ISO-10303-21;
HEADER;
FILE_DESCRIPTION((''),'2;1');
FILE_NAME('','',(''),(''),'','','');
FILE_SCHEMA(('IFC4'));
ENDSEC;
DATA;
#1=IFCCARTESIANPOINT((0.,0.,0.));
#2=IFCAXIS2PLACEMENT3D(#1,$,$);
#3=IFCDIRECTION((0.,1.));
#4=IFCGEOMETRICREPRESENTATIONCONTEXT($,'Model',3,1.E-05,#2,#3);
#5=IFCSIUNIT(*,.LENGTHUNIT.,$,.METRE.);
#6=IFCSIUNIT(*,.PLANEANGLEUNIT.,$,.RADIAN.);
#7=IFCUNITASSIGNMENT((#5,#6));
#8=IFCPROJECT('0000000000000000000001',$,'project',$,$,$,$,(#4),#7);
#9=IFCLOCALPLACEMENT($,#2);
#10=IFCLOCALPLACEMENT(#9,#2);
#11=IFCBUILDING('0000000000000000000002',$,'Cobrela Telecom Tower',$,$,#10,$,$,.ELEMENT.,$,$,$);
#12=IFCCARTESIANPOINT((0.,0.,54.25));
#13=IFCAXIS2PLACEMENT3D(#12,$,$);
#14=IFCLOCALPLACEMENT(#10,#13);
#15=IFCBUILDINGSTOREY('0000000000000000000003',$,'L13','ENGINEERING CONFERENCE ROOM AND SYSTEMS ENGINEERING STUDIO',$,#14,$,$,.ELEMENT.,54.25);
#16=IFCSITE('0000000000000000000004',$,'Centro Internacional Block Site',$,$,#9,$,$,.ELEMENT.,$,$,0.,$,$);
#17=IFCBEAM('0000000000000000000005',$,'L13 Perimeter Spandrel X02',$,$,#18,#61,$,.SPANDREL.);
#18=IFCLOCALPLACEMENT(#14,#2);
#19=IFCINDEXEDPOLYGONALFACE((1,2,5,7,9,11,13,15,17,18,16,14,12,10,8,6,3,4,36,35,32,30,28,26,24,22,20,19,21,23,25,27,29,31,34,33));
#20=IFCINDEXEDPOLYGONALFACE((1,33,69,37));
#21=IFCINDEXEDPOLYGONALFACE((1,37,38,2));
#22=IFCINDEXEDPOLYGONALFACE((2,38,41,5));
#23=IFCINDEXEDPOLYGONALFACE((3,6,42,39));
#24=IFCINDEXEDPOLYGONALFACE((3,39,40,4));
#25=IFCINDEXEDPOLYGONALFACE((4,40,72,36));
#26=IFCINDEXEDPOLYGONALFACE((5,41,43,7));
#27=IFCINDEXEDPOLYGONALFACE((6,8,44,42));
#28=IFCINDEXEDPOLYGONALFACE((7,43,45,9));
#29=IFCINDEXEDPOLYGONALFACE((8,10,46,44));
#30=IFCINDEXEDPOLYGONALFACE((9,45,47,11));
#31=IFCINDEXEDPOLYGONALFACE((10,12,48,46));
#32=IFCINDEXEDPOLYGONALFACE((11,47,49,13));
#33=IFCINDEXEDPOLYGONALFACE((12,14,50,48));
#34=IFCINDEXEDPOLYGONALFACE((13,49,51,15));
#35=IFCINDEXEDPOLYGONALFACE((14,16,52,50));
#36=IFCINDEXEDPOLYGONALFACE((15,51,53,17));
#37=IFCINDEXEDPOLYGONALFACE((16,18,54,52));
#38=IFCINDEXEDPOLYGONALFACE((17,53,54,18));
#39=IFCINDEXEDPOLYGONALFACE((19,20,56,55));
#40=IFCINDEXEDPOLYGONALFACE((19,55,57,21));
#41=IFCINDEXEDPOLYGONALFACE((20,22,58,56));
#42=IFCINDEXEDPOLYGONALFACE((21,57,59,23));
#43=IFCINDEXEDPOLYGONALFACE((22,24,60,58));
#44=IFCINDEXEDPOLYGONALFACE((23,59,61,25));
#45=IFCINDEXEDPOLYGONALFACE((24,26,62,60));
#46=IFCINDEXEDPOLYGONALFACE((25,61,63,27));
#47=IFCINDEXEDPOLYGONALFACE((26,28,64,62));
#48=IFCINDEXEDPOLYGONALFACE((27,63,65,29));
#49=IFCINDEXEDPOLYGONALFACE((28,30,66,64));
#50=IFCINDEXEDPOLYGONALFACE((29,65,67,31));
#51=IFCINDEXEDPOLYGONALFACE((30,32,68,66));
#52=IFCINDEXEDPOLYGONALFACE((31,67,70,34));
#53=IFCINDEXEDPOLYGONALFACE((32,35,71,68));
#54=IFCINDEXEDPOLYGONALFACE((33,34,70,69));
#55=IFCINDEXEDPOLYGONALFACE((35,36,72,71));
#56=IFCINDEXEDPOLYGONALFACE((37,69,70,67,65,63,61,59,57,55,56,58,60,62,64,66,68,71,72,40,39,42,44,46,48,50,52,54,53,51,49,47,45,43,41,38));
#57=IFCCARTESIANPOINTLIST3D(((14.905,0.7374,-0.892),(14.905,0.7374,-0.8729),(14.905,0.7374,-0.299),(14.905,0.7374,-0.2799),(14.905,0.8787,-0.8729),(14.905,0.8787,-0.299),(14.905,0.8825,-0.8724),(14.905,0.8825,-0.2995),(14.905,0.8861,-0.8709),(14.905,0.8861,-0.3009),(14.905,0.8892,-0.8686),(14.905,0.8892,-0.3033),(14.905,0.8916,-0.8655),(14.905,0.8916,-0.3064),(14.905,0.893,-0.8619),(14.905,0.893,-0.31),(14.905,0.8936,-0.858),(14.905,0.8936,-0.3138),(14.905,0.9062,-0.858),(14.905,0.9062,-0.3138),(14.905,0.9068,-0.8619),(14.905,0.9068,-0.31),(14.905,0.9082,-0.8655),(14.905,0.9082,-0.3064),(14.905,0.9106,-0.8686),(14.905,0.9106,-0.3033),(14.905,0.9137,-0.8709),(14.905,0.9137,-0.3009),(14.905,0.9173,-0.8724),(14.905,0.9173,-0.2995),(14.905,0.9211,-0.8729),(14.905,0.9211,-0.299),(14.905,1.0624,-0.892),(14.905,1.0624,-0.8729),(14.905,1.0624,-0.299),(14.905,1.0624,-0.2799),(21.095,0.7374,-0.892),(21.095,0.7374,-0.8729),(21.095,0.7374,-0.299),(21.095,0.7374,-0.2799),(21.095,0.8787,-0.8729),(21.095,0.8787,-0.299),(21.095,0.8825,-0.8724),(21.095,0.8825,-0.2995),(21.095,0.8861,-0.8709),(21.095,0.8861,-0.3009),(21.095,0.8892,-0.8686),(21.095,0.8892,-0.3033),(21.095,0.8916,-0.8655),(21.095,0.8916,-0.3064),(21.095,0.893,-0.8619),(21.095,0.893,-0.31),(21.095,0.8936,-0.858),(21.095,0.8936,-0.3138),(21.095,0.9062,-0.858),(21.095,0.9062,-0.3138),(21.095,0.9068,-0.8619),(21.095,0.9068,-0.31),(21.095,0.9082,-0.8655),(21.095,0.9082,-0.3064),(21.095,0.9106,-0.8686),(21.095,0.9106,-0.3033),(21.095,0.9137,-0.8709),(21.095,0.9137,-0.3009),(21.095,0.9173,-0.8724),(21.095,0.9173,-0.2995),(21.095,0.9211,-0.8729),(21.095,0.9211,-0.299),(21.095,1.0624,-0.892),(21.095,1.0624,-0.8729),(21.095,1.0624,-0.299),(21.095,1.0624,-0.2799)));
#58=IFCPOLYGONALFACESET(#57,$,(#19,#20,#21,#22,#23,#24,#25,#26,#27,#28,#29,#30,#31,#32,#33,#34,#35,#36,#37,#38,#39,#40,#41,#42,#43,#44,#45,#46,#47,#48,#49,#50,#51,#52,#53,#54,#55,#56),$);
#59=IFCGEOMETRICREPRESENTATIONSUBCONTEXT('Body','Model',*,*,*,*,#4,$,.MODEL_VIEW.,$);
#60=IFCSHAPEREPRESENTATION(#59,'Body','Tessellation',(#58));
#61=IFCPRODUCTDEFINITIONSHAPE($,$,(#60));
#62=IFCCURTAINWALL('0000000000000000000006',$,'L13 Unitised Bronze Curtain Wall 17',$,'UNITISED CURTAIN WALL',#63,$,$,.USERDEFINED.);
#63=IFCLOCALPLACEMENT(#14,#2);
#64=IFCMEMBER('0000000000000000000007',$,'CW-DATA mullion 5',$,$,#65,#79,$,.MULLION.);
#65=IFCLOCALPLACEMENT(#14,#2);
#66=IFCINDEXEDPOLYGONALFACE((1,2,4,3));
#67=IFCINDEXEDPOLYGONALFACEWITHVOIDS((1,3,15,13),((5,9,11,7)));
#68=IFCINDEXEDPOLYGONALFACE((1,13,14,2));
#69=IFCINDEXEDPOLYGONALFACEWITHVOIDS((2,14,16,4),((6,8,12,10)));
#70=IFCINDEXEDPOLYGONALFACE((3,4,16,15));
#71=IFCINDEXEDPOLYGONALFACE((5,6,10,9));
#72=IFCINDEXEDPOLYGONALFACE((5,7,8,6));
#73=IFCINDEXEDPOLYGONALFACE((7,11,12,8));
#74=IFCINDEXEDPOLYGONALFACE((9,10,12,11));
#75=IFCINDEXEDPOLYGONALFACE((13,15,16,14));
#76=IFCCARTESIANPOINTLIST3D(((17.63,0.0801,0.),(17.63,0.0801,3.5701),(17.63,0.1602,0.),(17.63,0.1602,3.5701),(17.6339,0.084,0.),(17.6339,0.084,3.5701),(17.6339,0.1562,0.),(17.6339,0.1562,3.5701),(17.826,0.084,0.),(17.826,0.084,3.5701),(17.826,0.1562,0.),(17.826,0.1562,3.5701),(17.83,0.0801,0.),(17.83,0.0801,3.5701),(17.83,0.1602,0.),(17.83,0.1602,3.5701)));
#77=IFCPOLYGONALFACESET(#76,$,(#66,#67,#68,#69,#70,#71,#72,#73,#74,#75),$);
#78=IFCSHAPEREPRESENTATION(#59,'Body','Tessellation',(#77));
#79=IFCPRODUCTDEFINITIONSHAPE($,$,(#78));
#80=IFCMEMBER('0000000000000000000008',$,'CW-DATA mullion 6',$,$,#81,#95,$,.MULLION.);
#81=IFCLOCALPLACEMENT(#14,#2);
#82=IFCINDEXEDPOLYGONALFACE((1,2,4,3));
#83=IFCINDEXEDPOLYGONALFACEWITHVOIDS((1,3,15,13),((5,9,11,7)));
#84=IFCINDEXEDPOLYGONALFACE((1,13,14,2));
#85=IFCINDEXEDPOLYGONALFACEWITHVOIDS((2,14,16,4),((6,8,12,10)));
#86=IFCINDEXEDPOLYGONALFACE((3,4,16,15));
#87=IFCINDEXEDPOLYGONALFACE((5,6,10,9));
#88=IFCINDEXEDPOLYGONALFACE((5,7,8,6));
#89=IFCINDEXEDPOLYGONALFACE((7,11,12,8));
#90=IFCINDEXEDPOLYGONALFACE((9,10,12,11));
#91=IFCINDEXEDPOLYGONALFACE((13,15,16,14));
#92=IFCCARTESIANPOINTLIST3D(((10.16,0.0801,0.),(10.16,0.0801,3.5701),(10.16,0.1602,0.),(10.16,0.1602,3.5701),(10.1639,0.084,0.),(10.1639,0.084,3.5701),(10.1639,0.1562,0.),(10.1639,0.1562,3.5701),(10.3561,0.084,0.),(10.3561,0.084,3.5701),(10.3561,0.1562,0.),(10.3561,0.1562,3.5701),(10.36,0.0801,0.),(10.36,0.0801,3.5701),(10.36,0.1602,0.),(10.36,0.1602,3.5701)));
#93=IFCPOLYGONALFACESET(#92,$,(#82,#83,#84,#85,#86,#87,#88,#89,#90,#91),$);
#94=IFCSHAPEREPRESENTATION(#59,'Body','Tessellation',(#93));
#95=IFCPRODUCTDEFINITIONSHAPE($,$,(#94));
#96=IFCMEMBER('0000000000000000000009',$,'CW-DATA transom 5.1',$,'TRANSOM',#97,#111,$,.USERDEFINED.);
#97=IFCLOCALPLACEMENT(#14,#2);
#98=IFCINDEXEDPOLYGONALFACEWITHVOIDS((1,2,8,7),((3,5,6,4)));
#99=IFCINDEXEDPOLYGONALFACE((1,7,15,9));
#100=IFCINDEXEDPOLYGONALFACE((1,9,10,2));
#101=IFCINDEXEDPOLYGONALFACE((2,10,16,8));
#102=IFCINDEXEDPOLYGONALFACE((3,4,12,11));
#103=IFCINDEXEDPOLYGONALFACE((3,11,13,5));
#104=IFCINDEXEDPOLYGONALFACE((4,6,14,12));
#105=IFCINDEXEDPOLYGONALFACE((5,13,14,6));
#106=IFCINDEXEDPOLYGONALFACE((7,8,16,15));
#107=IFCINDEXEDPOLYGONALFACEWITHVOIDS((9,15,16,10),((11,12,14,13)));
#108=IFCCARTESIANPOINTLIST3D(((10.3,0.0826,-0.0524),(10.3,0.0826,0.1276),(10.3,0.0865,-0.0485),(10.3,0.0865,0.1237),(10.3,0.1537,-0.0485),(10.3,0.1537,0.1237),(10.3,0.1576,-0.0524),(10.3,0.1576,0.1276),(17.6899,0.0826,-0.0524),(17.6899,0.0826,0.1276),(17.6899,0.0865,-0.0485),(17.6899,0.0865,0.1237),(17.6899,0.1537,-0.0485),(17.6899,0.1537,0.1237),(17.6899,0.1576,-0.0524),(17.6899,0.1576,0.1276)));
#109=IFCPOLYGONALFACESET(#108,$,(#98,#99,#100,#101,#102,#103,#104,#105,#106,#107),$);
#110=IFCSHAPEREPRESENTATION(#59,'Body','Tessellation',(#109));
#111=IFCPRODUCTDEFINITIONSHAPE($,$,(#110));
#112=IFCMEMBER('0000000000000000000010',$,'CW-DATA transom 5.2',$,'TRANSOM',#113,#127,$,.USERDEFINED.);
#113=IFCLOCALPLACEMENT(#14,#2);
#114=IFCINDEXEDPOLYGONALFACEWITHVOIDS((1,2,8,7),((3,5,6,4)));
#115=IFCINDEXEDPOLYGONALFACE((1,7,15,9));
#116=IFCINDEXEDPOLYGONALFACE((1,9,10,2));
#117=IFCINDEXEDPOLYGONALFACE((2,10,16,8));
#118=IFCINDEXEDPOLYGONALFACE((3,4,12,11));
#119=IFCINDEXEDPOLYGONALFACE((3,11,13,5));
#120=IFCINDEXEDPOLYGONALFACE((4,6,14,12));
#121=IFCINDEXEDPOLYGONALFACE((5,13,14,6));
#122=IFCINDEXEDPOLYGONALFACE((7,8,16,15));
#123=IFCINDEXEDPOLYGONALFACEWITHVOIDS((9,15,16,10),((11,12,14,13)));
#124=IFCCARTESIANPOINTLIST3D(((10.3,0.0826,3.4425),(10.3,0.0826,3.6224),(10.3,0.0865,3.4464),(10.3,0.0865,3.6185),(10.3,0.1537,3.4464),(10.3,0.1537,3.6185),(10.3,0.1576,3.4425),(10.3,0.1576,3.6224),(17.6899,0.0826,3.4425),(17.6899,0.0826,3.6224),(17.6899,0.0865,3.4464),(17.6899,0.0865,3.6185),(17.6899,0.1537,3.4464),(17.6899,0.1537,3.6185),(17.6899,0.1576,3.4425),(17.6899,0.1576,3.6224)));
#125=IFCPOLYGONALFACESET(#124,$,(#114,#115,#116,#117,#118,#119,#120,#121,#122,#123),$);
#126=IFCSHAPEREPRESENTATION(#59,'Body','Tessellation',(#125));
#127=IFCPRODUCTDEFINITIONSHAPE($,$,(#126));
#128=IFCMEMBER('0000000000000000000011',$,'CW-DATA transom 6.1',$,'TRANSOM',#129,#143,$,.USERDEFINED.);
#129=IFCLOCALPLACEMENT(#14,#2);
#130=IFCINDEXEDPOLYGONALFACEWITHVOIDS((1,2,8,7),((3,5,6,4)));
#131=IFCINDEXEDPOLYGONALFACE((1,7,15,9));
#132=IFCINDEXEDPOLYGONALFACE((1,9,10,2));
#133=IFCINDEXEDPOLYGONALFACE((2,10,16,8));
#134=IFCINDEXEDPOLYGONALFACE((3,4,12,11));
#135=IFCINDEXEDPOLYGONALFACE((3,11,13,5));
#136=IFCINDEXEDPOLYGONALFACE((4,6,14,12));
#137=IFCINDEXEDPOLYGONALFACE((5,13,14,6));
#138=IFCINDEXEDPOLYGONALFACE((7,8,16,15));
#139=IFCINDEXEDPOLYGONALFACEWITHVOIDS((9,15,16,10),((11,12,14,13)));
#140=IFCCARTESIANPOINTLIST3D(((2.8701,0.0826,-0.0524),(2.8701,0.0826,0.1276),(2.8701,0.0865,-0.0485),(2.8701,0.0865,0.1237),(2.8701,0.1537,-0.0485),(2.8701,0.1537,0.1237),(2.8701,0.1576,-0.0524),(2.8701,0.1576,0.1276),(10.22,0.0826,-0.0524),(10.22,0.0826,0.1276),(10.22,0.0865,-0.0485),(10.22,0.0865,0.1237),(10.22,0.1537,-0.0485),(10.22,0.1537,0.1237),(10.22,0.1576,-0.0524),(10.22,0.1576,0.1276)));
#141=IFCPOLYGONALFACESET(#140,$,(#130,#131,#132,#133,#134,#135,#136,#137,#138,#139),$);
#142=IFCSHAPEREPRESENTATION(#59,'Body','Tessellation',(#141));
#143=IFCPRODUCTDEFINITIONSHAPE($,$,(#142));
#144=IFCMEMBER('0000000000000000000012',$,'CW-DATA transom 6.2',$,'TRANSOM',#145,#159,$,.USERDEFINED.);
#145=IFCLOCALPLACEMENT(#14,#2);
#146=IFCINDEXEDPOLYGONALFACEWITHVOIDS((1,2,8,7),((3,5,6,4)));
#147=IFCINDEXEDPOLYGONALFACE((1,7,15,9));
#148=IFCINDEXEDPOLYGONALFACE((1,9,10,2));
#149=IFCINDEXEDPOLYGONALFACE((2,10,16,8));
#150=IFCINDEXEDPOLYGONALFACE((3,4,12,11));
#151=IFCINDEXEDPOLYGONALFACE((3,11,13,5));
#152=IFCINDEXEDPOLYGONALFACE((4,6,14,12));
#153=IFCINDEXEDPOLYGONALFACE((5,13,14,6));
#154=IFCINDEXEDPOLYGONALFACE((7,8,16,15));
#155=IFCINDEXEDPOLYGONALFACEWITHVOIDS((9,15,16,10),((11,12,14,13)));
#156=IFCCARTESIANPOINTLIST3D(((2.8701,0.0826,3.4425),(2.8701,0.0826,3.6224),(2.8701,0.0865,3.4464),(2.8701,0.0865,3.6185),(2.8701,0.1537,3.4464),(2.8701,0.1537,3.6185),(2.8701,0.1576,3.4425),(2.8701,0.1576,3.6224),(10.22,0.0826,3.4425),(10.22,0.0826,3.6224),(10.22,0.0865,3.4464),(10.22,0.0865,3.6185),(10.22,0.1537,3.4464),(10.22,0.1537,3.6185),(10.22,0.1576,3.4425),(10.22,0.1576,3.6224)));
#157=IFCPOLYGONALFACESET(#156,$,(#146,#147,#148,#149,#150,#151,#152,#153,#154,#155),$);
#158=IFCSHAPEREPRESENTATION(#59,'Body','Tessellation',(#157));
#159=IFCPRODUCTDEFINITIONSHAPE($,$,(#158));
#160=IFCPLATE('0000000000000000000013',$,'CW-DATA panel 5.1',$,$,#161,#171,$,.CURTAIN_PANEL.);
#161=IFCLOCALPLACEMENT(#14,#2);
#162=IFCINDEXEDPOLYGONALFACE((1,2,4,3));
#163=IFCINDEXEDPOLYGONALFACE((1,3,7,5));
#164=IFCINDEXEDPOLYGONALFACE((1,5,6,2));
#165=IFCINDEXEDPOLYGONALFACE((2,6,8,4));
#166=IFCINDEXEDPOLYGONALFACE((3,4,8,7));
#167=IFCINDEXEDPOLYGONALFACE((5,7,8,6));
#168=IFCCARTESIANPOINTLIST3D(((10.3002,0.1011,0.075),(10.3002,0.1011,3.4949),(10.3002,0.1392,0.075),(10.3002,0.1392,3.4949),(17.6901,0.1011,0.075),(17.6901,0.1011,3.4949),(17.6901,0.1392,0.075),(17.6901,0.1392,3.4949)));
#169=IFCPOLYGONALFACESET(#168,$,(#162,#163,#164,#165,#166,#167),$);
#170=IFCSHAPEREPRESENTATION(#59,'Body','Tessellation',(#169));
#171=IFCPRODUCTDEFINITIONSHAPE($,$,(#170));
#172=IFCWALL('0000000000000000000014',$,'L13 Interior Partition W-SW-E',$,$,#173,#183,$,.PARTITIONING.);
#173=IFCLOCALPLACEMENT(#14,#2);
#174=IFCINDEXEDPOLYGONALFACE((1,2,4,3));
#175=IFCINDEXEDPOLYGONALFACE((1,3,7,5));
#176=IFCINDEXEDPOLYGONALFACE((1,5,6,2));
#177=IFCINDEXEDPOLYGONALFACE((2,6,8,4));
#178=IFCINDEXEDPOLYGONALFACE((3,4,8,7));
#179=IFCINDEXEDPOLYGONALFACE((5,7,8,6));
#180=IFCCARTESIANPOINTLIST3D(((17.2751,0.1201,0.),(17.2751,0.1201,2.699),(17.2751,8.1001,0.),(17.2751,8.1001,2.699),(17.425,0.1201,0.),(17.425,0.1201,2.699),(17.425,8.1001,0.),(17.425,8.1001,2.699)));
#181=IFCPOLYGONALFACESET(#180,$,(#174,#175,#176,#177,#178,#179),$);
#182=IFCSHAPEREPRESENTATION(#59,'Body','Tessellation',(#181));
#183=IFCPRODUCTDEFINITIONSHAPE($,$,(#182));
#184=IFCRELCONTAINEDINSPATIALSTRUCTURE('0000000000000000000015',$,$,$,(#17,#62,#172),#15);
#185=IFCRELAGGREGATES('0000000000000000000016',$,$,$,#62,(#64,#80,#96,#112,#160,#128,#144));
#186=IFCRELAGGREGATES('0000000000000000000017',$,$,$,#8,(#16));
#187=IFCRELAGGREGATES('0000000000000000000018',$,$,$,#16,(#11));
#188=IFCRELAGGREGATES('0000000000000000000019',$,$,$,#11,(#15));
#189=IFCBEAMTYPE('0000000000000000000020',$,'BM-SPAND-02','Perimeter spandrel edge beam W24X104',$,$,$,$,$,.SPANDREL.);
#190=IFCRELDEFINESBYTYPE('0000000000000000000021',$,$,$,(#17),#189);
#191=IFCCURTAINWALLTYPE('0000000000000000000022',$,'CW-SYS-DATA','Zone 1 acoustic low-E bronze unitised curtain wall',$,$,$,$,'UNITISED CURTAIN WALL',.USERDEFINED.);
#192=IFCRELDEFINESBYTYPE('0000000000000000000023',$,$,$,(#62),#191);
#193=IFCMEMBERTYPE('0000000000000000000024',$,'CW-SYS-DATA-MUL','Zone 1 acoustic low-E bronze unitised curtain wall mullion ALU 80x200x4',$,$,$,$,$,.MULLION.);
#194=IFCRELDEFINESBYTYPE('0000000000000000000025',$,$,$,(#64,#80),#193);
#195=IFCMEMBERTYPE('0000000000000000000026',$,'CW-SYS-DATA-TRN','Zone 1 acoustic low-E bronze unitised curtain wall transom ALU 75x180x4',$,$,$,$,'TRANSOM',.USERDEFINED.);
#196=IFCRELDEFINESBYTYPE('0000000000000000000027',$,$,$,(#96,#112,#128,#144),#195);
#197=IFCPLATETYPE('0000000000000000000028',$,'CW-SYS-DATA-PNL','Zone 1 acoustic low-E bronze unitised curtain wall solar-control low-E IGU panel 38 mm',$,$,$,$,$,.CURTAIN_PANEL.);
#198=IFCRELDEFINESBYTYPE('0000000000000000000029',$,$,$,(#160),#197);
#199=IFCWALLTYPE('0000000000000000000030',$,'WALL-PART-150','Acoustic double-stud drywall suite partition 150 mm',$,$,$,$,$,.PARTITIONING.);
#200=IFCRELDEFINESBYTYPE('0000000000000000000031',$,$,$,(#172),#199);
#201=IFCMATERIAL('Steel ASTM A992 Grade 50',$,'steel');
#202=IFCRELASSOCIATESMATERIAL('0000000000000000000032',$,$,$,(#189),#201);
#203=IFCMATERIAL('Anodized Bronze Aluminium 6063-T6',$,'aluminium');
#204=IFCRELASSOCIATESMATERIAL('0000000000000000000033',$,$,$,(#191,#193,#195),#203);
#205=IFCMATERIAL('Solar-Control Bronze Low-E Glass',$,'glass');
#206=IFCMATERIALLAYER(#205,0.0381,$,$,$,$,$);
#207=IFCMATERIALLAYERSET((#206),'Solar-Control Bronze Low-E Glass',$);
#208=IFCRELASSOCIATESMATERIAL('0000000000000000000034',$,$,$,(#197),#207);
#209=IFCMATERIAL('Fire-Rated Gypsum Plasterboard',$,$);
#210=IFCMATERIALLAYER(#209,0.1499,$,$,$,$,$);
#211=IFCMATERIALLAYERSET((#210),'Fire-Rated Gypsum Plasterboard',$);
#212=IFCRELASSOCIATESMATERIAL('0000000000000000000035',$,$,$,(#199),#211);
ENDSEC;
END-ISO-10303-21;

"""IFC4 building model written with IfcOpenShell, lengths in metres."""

from ifc_helpers import new_model, si_unit, direction, frame, frame_2d, origin, origin_2d, place, context, subcontext, project, spatial, rectangle, hollow_rectangle, i_section, extrude, material, layer, layer_set, material_profile, profile_set, type_object, element, aggregate, save


model = new_model("IFC4")

# Units and contexts
model_context = context("Model", 3, precision=1e-05, world=origin(), true_north=direction((0.0, 1.0)))
body_context = subcontext(model_context, "Body", "Model", "MODEL_VIEW")
ifc_project = project(units=[si_unit("LENGTHUNIT", "METRE"), si_unit("PLANEANGLEUNIT", "RADIAN")], contexts=[model_context])

# Site, building, storey
site_placement = place(None, origin())
site = spatial("IfcSite", under=ifc_project, at=site_placement, Name="Centro Internacional Block Site", CompositionType="ELEMENT", RefElevation=0.0)
building_placement = place(site_placement, origin())
building = spatial("IfcBuilding", under=site, at=building_placement, Name="Cobrela Telecom Tower", CompositionType="ELEMENT")
storey_placement = place(building_placement, frame((0.0, 0.0, 54.25)))
storey = spatial("IfcBuildingStorey", under=building, at=storey_placement, Name="L13", Description="ENGINEERING CONFERENCE ROOM AND SYSTEMS ENGINEERING STUDIO", CompositionType="ELEMENT", Elevation=54.25)

# Beam
ifc_material_1 = material(Name="Steel ASTM A992 Grade 50", Category="steel")
ifc_material_profile_1 = material_profile(ifc_material_1, i_section(OverallWidth=0.325, OverallDepth=0.6121, WebThickness=0.0127, FlangeThickness=0.019, FilletRadius=0.0149, at=origin_2d()), Name="W24X104")
ifc_profile_set_1 = profile_set([ifc_material_profile_1], Name="Steel ASTM A992 Grade 50")
beam_type_1 = type_object("IfcBeamType", Name="BM-SPAND-02", Description="Perimeter spandrel edge beam W24X104", PredefinedType="SPANDREL", material=ifc_profile_set_1)
beam_1_placement = place(storey_placement, frame((14.905, 0.8999, -0.5859), z_axis=(1.0, 0.0, 0.0), x_axis=(0.0, 1.0, 0.0)))
element("IfcBeam", 1, at=beam_1_placement, inside=storey, type_object=beam_type_1, Name="L13 Perimeter Spandrel X02", PredefinedType="SPANDREL", context=body_context, shape_type="SweptSolid", body=[
    extrude(i_section(OverallWidth=0.325, OverallDepth=0.6121, WebThickness=0.0127, FlangeThickness=0.019, FilletRadius=0.0149, at=origin_2d()), origin(), (0.0, 0.0, 1.0), 6.1899),
])

# Curtain wall, members, plate
ifc_material_2 = material(Name="Anodized Bronze Aluminium 6063-T6", Category="aluminium")
curtain_wall_type = type_object("IfcCurtainWallType", Name="CW-SYS-DATA", Description="Zone 1 acoustic low-E bronze unitised curtain wall", ElementType="UNITISED CURTAIN WALL", PredefinedType="USERDEFINED", material=ifc_material_2)
curtain_wall_placement = place(storey_placement, origin())
curtain_wall = element("IfcCurtainWall", 2, at=curtain_wall_placement, inside=storey, type_object=curtain_wall_type, Name="L13 Unitised Bronze Curtain Wall 17", ObjectType="UNITISED CURTAIN WALL", PredefinedType="USERDEFINED")
ifc_material_profile_2 = material_profile(ifc_material_2, hollow_rectangle(XDim=0.0801, YDim=0.2, WallThickness=0.0039, at=origin_2d()), Name="ALU 80x200x4")
ifc_profile_set_2 = profile_set([ifc_material_profile_2], Name="Anodized Bronze Aluminium 6063-T6")
member_type_1 = type_object("IfcMemberType", Name="CW-SYS-DATA-MUL", Description="Zone 1 acoustic low-E bronze unitised curtain wall mullion ALU 80x200x4", PredefinedType="MULLION", material=ifc_profile_set_2)
member_1_placement = place(storey_placement, frame((17.73, 0.1201, 0.0), z_axis=(0.0, 0.0, 1.0), x_axis=(0.0, -1.0, 0.0)))
member_1 = element("IfcMember", 3, at=member_1_placement, type_object=member_type_1, Name="CW-DATA mullion 5", PredefinedType="MULLION", context=body_context, shape_type="SweptSolid", body=[
    extrude(hollow_rectangle(XDim=0.0801, YDim=0.2, WallThickness=0.0039, at=origin_2d()), origin(), (0.0, 0.0, 1.0), 3.5701),
])
member_2_placement = place(storey_placement, frame((10.26, 0.1201, 0.0), z_axis=(0.0, 0.0, 1.0), x_axis=(0.0, -1.0, 0.0)))
member_2 = element("IfcMember", 4, at=member_2_placement, type_object=member_type_1, Name="CW-DATA mullion 6", PredefinedType="MULLION", context=body_context, shape_type="SweptSolid", body=[
    extrude(hollow_rectangle(XDim=0.0801, YDim=0.2, WallThickness=0.0039, at=origin_2d()), origin(), (0.0, 0.0, 1.0), 3.5701),
])
ifc_material_profile_3 = material_profile(ifc_material_2, hollow_rectangle(XDim=0.075, YDim=0.1799, WallThickness=0.0039, at=origin_2d()), Name="ALU 75x180x4")
ifc_profile_set_3 = profile_set([ifc_material_profile_3], Name="Anodized Bronze Aluminium 6063-T6")
member_type_2 = type_object("IfcMemberType", Name="CW-SYS-DATA-TRN", Description="Zone 1 acoustic low-E bronze unitised curtain wall transom ALU 75x180x4", ElementType="TRANSOM", PredefinedType="USERDEFINED", material=ifc_profile_set_3)
member_3_placement = place(storey_placement, frame((17.6899, 0.1201, 0.0376), z_axis=(-1.0, 0.0, 0.0), x_axis=(0.0, -1.0, 0.0)))
member_3 = element("IfcMember", 5, at=member_3_placement, type_object=member_type_2, Name="CW-DATA transom 5.1", ObjectType="TRANSOM", PredefinedType="USERDEFINED", context=body_context, shape_type="SweptSolid", body=[
    extrude(hollow_rectangle(XDim=0.075, YDim=0.1799, WallThickness=0.0039, at=origin_2d()), origin(), (0.0, 0.0, 1.0), 7.3899),
])
member_4_placement = place(storey_placement, frame((17.6899, 0.1201, 3.5325), z_axis=(-1.0, 0.0, 0.0), x_axis=(0.0, -1.0, 0.0)))
member_4 = element("IfcMember", 6, at=member_4_placement, type_object=member_type_2, Name="CW-DATA transom 5.2", ObjectType="TRANSOM", PredefinedType="USERDEFINED", context=body_context, shape_type="SweptSolid", body=[
    extrude(hollow_rectangle(XDim=0.075, YDim=0.1799, WallThickness=0.0039, at=origin_2d()), origin(), (0.0, 0.0, 1.0), 7.3899),
])
member_5_placement = place(storey_placement, frame((10.22, 0.1201, 0.0376), z_axis=(-1.0, 0.0, 0.0), x_axis=(0.0, -1.0, 0.0)))
member_5 = element("IfcMember", 7, at=member_5_placement, type_object=member_type_2, Name="CW-DATA transom 6.1", ObjectType="TRANSOM", PredefinedType="USERDEFINED", context=body_context, shape_type="SweptSolid", body=[
    extrude(hollow_rectangle(XDim=0.075, YDim=0.1799, WallThickness=0.0039, at=origin_2d()), origin(), (0.0, 0.0, 1.0), 7.3499),
])
member_6_placement = place(storey_placement, frame((10.22, 0.1201, 3.5325), z_axis=(-1.0, 0.0, 0.0), x_axis=(0.0, -1.0, 0.0)))
member_6 = element("IfcMember", 8, at=member_6_placement, type_object=member_type_2, Name="CW-DATA transom 6.2", ObjectType="TRANSOM", PredefinedType="USERDEFINED", context=body_context, shape_type="SweptSolid", body=[
    extrude(hollow_rectangle(XDim=0.075, YDim=0.1799, WallThickness=0.0039, at=origin_2d()), origin(), (0.0, 0.0, 1.0), 7.3499),
])
ifc_material_3 = material(Name="Solar-Control Bronze Low-E Glass", Category="glass")
ifc_layer_1 = layer(ifc_material_3, 0.0381)
ifc_layer_set_1 = layer_set([ifc_layer_1], Name="Solar-Control Bronze Low-E Glass")
plate_type = type_object("IfcPlateType", Name="CW-SYS-DATA-PNL", Description="Zone 1 acoustic low-E bronze unitised curtain wall solar-control low-E IGU panel 38 mm", PredefinedType="CURTAIN_PANEL", material=ifc_layer_set_1)
plate_placement = place(storey_placement, frame((13.9951, 0.1201, 0.075), z_axis=(0.0, 0.0, 1.0), x_axis=(-1.0, 0.0, 0.0)))
plate = element("IfcPlate", 9, at=plate_placement, type_object=plate_type, Name="CW-DATA panel 5.1", PredefinedType="CURTAIN_PANEL", context=body_context, shape_type="SweptSolid", body=[
    extrude(rectangle(XDim=7.3899, YDim=0.0381, at=origin_2d()), origin(), (0.0, 0.0, 1.0), 3.4199),
])
aggregate(curtain_wall, [member_1, member_2, member_3, member_4, plate, member_5, member_6])

# Wall
ifc_material_4 = material(Name="Fire-Rated Gypsum Plasterboard")
ifc_layer_2 = layer(ifc_material_4, 0.1499)
ifc_layer_set_2 = layer_set([ifc_layer_2], Name="Fire-Rated Gypsum Plasterboard")
wall_type = type_object("IfcWallType", Name="WALL-PART-150", Description="Acoustic double-stud drywall suite partition 150 mm", PredefinedType="PARTITIONING", material=ifc_layer_set_2)
wall_placement = place(storey_placement, frame((17.3501, 0.1201, 0.0), z_axis=(0.0, 0.0, 1.0), x_axis=(0.0, 1.0, 0.0)))
element("IfcWall", 10, at=wall_placement, inside=storey, type_object=wall_type, Name="L13 Interior Partition W-SW-E", PredefinedType="PARTITIONING", context=body_context, shape_type="SweptSolid", body=[
    extrude(rectangle(XDim=7.98, YDim=0.1499, at=frame_2d((3.99, 0.0))), origin(), (0.0, 0.0, 1.0), 2.699),
])

save(model, "model.ifc")
